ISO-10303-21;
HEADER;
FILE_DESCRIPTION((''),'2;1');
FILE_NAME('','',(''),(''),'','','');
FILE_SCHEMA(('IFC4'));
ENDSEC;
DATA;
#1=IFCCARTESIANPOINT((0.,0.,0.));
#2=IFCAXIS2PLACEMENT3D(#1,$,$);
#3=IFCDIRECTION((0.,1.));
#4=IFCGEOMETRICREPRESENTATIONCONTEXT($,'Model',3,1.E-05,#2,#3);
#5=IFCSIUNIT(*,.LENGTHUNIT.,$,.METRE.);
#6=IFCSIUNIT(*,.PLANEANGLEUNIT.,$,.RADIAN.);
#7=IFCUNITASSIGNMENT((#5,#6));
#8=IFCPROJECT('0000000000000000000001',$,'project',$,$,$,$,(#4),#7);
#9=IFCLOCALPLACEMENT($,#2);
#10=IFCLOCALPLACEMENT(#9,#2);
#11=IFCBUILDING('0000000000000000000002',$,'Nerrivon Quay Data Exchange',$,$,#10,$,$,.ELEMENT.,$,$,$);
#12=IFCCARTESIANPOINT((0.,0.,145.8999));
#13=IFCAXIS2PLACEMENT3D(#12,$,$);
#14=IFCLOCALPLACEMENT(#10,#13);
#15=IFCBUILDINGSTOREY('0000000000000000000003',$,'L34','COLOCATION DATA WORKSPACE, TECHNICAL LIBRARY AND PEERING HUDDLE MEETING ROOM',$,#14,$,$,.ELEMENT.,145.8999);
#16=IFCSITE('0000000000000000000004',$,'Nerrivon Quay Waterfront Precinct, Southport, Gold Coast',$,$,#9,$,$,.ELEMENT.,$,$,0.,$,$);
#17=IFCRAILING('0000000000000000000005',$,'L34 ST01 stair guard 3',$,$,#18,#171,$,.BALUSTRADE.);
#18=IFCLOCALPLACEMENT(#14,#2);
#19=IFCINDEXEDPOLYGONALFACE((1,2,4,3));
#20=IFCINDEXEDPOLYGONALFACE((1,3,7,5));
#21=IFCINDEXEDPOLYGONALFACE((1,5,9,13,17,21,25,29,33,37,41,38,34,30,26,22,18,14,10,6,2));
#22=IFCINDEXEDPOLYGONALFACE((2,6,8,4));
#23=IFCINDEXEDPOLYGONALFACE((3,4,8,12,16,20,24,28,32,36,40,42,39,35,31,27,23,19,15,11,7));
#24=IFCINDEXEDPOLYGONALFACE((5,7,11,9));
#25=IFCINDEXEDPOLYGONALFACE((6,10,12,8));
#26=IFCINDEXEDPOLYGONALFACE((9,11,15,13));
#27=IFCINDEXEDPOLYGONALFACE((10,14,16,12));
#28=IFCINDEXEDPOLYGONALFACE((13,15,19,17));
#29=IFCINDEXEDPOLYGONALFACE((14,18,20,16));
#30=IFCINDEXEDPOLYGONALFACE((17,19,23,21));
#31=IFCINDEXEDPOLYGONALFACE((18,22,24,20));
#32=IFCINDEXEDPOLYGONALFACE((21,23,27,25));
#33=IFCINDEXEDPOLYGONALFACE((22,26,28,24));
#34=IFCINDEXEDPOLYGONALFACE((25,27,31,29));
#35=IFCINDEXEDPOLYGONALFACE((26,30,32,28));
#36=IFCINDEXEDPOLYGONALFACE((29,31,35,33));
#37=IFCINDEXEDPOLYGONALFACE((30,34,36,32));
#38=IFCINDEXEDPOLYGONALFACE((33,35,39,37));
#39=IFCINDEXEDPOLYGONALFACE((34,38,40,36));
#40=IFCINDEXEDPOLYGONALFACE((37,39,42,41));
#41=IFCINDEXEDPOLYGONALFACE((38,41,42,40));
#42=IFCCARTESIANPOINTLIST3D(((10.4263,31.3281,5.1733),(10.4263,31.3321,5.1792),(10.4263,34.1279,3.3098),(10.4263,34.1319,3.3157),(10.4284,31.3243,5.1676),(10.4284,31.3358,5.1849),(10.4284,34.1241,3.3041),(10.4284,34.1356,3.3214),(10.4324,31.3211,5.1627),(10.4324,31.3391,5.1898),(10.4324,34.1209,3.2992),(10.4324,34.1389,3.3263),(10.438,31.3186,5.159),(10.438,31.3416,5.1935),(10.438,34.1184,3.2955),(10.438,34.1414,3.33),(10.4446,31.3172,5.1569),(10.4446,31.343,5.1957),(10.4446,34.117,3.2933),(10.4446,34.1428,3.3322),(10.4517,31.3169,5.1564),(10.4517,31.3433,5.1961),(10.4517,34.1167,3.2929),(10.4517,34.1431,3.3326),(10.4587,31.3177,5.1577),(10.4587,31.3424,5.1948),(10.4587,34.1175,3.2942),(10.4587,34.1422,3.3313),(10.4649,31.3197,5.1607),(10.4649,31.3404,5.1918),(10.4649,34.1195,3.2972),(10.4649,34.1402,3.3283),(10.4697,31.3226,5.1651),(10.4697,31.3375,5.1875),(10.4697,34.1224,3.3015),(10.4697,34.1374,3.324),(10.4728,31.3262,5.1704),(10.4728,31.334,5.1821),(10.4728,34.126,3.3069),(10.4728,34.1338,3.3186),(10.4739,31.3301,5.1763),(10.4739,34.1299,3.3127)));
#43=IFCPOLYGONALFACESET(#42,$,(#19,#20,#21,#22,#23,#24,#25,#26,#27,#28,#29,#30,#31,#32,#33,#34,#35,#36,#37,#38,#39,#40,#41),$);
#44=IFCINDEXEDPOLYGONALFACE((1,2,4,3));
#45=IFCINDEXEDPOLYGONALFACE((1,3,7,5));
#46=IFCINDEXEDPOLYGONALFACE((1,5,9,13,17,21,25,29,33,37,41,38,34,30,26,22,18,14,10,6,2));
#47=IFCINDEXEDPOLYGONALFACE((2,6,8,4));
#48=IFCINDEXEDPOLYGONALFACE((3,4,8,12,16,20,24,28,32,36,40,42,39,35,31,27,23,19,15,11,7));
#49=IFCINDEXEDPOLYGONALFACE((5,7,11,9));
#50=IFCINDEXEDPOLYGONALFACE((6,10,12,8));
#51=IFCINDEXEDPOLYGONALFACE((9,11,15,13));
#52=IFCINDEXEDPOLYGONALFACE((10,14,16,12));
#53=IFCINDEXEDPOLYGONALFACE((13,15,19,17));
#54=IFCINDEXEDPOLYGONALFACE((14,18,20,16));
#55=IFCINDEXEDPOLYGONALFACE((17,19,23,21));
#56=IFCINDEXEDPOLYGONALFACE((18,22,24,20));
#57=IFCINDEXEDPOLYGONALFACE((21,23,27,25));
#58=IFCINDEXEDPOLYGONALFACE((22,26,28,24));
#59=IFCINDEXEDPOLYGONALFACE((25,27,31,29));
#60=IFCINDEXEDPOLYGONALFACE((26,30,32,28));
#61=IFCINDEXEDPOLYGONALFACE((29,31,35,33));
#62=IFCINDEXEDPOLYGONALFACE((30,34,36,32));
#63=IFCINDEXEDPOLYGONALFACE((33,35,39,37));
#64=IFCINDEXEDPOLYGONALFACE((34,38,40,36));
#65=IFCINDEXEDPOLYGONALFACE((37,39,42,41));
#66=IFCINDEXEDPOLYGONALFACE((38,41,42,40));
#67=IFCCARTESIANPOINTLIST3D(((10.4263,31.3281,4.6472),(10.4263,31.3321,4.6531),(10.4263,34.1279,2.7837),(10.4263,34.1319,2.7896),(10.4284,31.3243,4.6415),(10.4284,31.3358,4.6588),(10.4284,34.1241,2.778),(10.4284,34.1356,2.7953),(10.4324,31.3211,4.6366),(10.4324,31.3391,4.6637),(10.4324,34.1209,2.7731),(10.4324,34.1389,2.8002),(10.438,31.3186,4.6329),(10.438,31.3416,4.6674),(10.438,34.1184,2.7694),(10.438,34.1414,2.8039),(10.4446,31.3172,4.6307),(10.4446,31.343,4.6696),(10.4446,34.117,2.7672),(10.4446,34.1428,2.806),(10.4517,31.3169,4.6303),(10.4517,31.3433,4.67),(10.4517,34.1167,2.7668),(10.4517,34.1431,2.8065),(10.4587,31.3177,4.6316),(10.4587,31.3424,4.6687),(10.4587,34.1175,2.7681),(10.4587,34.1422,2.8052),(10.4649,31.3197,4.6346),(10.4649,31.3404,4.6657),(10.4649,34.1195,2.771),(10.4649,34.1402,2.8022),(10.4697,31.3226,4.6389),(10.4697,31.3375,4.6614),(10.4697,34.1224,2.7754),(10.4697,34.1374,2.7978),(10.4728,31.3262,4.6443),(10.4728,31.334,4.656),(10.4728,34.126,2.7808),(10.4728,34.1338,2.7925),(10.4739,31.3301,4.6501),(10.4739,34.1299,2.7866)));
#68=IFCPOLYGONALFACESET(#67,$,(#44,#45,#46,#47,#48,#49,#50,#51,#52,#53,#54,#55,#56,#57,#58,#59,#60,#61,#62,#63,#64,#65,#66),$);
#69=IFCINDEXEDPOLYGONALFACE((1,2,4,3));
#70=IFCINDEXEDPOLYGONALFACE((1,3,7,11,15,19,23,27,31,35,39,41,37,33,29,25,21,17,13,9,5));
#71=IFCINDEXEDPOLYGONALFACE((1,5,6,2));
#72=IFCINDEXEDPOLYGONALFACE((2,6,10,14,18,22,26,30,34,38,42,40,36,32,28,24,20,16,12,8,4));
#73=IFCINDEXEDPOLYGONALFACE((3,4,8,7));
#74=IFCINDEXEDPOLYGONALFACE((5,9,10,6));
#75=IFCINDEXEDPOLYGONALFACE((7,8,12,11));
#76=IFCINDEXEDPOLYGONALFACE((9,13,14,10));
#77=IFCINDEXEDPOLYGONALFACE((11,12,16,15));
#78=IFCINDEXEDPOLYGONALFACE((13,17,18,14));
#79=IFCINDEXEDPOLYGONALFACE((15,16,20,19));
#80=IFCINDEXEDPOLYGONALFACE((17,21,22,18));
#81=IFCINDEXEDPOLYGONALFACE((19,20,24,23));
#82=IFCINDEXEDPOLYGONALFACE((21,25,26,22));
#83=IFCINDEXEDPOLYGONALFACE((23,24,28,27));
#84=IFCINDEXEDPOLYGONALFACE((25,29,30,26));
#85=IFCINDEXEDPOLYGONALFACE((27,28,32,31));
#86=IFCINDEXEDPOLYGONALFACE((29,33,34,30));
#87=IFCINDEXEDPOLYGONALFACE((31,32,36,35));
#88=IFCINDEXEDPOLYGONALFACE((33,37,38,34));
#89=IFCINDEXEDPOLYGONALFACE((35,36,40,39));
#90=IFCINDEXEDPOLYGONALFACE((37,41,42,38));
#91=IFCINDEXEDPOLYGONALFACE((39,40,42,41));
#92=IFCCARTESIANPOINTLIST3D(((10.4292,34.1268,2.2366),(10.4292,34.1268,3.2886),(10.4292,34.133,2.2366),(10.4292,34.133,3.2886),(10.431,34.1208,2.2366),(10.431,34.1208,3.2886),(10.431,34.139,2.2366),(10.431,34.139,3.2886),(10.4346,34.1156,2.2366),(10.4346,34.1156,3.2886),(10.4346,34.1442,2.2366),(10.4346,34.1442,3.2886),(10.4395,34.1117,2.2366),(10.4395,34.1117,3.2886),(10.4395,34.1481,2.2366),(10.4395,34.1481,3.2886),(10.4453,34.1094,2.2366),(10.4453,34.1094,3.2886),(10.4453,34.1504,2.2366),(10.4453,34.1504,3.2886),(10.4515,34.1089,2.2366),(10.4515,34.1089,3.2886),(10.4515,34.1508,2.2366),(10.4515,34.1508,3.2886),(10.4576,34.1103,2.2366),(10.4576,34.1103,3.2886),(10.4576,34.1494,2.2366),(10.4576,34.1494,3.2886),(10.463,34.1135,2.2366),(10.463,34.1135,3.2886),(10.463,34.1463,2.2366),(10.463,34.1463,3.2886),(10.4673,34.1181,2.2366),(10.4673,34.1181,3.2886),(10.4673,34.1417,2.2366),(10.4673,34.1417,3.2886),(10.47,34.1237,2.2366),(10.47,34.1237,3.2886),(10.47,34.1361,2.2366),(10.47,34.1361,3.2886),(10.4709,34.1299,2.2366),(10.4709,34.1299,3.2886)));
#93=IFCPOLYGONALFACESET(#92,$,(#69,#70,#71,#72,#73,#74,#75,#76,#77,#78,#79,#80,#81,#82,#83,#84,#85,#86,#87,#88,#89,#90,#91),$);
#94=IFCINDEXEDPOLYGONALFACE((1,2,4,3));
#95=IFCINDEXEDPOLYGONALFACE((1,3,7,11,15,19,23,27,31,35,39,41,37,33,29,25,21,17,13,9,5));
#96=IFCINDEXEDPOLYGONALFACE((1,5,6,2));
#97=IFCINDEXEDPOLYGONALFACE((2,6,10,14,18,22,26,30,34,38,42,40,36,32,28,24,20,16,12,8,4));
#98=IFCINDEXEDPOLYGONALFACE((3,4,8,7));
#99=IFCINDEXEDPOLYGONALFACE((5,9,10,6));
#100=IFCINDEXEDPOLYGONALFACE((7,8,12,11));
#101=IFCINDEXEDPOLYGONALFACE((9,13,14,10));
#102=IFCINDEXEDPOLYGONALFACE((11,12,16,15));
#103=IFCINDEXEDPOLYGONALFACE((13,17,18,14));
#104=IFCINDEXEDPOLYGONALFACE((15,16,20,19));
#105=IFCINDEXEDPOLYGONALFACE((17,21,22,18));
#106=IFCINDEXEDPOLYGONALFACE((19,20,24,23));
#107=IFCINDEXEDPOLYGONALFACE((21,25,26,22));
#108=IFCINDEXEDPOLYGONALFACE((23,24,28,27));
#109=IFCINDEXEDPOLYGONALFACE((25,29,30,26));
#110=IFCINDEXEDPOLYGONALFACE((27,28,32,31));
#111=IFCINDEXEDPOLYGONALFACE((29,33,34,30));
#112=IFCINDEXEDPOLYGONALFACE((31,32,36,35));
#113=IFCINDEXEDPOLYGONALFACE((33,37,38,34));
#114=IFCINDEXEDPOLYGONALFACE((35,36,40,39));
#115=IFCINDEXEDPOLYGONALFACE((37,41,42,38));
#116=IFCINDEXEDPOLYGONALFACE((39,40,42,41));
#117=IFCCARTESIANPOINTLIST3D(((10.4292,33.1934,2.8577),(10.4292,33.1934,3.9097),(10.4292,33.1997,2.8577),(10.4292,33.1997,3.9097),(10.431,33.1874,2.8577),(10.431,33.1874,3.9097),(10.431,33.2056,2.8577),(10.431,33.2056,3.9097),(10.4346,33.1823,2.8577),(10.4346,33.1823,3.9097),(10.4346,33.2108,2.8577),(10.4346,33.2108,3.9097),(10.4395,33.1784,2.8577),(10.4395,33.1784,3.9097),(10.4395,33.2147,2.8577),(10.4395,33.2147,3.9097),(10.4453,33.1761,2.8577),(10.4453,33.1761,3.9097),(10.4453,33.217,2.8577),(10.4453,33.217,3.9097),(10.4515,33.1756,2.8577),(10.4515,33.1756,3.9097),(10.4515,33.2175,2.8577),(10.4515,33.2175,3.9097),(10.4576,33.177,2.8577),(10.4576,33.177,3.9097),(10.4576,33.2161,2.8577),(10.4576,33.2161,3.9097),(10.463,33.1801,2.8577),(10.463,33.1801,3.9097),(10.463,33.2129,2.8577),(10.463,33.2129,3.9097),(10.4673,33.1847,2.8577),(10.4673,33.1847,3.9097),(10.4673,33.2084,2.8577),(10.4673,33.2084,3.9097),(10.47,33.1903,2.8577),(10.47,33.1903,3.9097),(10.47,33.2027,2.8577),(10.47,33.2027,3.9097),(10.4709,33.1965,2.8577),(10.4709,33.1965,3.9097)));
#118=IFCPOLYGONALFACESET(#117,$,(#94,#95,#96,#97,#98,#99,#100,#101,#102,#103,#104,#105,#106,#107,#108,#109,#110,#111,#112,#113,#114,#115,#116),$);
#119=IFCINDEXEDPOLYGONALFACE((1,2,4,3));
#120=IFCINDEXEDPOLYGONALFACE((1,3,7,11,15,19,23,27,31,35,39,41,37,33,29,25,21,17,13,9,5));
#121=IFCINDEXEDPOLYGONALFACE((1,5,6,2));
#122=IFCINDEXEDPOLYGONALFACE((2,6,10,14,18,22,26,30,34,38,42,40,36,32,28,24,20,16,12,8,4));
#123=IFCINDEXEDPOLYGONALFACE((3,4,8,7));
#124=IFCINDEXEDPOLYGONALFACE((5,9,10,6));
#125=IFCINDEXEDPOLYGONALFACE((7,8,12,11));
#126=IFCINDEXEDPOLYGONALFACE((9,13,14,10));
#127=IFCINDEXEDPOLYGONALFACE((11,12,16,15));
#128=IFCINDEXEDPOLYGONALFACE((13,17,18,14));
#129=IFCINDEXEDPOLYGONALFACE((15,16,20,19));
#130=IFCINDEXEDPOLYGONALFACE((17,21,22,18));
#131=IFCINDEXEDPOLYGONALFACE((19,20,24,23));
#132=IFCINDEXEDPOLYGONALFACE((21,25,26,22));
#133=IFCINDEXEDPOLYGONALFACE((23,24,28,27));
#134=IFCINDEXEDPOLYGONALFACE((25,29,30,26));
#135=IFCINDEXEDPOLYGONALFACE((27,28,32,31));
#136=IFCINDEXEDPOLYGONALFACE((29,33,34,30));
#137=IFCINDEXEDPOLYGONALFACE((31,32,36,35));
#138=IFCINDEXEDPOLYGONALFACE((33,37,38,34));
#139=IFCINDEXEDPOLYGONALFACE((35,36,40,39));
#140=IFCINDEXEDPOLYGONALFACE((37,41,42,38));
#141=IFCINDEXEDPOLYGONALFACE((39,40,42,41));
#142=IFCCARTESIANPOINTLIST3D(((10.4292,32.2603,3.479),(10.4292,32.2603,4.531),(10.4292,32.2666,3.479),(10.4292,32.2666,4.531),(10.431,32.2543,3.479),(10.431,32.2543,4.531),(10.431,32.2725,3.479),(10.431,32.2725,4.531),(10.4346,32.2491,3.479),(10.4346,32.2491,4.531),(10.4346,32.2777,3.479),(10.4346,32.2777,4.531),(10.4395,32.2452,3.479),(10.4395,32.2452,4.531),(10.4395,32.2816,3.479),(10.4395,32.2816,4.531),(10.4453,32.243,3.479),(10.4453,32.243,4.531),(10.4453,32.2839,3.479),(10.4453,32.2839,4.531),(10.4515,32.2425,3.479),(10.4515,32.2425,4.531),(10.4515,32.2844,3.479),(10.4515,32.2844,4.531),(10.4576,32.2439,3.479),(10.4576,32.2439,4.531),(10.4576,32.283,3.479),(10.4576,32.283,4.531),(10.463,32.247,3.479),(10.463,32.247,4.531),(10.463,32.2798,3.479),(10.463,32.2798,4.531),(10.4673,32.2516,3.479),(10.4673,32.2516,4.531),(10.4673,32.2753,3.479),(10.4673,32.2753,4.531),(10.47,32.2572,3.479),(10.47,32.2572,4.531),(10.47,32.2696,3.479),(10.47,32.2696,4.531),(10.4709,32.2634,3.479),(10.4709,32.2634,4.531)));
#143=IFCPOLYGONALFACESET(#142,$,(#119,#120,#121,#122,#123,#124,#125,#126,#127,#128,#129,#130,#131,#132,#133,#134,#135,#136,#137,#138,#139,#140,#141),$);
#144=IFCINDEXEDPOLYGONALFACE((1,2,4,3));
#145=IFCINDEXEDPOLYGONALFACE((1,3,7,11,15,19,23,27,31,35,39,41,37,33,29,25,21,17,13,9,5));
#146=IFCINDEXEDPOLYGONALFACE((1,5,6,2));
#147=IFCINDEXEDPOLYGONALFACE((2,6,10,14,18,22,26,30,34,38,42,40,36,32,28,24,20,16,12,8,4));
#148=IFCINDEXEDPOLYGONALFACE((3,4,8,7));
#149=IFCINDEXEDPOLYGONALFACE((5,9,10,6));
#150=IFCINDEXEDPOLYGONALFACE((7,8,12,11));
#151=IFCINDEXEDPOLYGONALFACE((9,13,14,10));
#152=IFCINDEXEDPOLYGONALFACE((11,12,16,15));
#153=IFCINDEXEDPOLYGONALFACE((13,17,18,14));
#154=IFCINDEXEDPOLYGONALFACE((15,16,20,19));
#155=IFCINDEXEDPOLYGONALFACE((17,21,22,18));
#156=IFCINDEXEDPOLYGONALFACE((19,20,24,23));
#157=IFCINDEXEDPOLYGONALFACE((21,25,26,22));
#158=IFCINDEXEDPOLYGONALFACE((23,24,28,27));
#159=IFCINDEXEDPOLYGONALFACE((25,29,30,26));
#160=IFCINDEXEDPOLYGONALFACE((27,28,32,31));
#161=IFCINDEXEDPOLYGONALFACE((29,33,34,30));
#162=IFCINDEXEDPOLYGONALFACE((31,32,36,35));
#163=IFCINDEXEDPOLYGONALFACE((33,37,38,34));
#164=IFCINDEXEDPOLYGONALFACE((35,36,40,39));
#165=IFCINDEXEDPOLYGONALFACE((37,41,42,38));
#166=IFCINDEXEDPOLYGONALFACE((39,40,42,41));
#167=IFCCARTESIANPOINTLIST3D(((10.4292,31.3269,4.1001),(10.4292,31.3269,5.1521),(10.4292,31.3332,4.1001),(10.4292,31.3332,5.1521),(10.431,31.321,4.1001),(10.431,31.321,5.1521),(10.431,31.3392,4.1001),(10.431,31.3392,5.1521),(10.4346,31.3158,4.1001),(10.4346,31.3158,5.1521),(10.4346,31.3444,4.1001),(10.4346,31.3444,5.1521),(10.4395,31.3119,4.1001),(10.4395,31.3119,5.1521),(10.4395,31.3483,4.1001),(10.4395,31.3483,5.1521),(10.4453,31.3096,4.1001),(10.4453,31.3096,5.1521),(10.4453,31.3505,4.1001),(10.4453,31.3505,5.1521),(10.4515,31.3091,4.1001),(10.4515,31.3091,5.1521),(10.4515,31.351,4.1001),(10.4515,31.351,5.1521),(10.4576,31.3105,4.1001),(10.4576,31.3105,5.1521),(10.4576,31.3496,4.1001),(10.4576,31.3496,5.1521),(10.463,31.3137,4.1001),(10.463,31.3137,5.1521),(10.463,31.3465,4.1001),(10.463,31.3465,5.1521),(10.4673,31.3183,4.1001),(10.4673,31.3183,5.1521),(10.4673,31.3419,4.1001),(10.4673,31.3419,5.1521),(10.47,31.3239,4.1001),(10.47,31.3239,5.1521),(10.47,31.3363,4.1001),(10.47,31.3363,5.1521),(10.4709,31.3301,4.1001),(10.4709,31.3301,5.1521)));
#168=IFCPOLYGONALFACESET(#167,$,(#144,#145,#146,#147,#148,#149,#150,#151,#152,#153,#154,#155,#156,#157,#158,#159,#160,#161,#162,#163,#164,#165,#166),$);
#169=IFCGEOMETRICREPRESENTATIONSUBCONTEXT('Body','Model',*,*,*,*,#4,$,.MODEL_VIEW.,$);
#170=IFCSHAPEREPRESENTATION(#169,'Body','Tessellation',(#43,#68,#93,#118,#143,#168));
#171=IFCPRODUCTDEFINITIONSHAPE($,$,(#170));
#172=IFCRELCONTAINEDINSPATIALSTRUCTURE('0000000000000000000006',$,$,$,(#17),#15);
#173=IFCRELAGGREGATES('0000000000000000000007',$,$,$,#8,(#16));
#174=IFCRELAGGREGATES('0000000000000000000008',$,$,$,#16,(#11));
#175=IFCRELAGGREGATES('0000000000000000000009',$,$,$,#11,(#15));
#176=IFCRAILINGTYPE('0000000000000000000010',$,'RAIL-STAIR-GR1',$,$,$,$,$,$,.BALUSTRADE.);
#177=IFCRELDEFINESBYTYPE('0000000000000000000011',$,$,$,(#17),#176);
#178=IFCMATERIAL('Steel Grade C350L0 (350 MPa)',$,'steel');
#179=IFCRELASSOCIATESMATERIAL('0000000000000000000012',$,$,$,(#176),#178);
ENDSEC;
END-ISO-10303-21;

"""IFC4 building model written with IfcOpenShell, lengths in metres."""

from ifc_helpers import new_model, si_unit, direction, frame, origin, origin_2d, place, context, subcontext, project, spatial, circle, extrude, material, type_object, element, save


model = new_model("IFC4")

# Units and contexts
model_context = context("Model", 3, precision=1e-05, world=origin(), true_north=direction((0.0, 1.0)))
body_context = subcontext(model_context, "Body", "Model", "MODEL_VIEW")
ifc_project = project(units=[si_unit("LENGTHUNIT", "METRE"), si_unit("PLANEANGLEUNIT", "RADIAN")], contexts=[model_context])

# Site, building, storey
site_placement = place(None, origin())
site = spatial("IfcSite", under=ifc_project, at=site_placement, Name="Nerrivon Quay Waterfront Precinct, Southport, Gold Coast", CompositionType="ELEMENT", RefElevation=0.0)
building_placement = place(site_placement, origin())
building = spatial("IfcBuilding", under=site, at=building_placement, Name="Nerrivon Quay Data Exchange", CompositionType="ELEMENT")
storey_placement = place(building_placement, frame((0.0, 0.0, 145.8999)))
storey = spatial("IfcBuildingStorey", under=building, at=storey_placement, Name="L34", Description="COLOCATION DATA WORKSPACE, TECHNICAL LIBRARY AND PEERING HUDDLE MEETING ROOM", CompositionType="ELEMENT", Elevation=145.8999)

# Railing
ifc_material_1 = material(Name="Steel Grade C350L0 (350 MPa)", Category="steel")
railing_type = type_object("IfcRailingType", Name="RAIL-STAIR-GR1", PredefinedType="BALUSTRADE", material=ifc_material_1)
railing_1_placement = place(storey_placement, frame((10.45, 34.1299, 2.2366)))
element("IfcRailing", 1, at=railing_1_placement, inside=storey, type_object=railing_type, Name="L34 ST01 stair guard 3", PredefinedType="BALUSTRADE", context=body_context, shape_type="SweptSolid", body=[
    extrude(circle(Radius=0.0239, at=origin_2d()), frame((0.0, 0.0, 1.0762), z_axis=(0.0, -0.832463, 0.55408), x_axis=(1.0, 0.0, 0.0)), (0.0, 0.0, 1.0), 3.3633),
    extrude(circle(Radius=0.0239, at=origin_2d()), frame((0.0, 0.0, 0.55), z_axis=(0.0, -0.832463, 0.55408), x_axis=(1.0, 0.0, 0.0)), (0.0, 0.0, 1.0), 3.3633),
    extrude(circle(Radius=0.021, at=origin_2d()), origin(), (0.0, 0.0, 1.0), 1.052),
    extrude(circle(Radius=0.021, at=origin_2d()), frame((0.0, -0.9333, 0.6211)), (0.0, 0.0, 1.0), 1.052),
    extrude(circle(Radius=0.021, at=origin_2d()), frame((0.0, -1.8665, 1.2424)), (0.0, 0.0, 1.0), 1.052),
    extrude(circle(Radius=0.021, at=origin_2d()), frame((0.0, -2.7998, 1.8635)), (0.0, 0.0, 1.0), 1.052),
])

save(model, "model.ifc")
